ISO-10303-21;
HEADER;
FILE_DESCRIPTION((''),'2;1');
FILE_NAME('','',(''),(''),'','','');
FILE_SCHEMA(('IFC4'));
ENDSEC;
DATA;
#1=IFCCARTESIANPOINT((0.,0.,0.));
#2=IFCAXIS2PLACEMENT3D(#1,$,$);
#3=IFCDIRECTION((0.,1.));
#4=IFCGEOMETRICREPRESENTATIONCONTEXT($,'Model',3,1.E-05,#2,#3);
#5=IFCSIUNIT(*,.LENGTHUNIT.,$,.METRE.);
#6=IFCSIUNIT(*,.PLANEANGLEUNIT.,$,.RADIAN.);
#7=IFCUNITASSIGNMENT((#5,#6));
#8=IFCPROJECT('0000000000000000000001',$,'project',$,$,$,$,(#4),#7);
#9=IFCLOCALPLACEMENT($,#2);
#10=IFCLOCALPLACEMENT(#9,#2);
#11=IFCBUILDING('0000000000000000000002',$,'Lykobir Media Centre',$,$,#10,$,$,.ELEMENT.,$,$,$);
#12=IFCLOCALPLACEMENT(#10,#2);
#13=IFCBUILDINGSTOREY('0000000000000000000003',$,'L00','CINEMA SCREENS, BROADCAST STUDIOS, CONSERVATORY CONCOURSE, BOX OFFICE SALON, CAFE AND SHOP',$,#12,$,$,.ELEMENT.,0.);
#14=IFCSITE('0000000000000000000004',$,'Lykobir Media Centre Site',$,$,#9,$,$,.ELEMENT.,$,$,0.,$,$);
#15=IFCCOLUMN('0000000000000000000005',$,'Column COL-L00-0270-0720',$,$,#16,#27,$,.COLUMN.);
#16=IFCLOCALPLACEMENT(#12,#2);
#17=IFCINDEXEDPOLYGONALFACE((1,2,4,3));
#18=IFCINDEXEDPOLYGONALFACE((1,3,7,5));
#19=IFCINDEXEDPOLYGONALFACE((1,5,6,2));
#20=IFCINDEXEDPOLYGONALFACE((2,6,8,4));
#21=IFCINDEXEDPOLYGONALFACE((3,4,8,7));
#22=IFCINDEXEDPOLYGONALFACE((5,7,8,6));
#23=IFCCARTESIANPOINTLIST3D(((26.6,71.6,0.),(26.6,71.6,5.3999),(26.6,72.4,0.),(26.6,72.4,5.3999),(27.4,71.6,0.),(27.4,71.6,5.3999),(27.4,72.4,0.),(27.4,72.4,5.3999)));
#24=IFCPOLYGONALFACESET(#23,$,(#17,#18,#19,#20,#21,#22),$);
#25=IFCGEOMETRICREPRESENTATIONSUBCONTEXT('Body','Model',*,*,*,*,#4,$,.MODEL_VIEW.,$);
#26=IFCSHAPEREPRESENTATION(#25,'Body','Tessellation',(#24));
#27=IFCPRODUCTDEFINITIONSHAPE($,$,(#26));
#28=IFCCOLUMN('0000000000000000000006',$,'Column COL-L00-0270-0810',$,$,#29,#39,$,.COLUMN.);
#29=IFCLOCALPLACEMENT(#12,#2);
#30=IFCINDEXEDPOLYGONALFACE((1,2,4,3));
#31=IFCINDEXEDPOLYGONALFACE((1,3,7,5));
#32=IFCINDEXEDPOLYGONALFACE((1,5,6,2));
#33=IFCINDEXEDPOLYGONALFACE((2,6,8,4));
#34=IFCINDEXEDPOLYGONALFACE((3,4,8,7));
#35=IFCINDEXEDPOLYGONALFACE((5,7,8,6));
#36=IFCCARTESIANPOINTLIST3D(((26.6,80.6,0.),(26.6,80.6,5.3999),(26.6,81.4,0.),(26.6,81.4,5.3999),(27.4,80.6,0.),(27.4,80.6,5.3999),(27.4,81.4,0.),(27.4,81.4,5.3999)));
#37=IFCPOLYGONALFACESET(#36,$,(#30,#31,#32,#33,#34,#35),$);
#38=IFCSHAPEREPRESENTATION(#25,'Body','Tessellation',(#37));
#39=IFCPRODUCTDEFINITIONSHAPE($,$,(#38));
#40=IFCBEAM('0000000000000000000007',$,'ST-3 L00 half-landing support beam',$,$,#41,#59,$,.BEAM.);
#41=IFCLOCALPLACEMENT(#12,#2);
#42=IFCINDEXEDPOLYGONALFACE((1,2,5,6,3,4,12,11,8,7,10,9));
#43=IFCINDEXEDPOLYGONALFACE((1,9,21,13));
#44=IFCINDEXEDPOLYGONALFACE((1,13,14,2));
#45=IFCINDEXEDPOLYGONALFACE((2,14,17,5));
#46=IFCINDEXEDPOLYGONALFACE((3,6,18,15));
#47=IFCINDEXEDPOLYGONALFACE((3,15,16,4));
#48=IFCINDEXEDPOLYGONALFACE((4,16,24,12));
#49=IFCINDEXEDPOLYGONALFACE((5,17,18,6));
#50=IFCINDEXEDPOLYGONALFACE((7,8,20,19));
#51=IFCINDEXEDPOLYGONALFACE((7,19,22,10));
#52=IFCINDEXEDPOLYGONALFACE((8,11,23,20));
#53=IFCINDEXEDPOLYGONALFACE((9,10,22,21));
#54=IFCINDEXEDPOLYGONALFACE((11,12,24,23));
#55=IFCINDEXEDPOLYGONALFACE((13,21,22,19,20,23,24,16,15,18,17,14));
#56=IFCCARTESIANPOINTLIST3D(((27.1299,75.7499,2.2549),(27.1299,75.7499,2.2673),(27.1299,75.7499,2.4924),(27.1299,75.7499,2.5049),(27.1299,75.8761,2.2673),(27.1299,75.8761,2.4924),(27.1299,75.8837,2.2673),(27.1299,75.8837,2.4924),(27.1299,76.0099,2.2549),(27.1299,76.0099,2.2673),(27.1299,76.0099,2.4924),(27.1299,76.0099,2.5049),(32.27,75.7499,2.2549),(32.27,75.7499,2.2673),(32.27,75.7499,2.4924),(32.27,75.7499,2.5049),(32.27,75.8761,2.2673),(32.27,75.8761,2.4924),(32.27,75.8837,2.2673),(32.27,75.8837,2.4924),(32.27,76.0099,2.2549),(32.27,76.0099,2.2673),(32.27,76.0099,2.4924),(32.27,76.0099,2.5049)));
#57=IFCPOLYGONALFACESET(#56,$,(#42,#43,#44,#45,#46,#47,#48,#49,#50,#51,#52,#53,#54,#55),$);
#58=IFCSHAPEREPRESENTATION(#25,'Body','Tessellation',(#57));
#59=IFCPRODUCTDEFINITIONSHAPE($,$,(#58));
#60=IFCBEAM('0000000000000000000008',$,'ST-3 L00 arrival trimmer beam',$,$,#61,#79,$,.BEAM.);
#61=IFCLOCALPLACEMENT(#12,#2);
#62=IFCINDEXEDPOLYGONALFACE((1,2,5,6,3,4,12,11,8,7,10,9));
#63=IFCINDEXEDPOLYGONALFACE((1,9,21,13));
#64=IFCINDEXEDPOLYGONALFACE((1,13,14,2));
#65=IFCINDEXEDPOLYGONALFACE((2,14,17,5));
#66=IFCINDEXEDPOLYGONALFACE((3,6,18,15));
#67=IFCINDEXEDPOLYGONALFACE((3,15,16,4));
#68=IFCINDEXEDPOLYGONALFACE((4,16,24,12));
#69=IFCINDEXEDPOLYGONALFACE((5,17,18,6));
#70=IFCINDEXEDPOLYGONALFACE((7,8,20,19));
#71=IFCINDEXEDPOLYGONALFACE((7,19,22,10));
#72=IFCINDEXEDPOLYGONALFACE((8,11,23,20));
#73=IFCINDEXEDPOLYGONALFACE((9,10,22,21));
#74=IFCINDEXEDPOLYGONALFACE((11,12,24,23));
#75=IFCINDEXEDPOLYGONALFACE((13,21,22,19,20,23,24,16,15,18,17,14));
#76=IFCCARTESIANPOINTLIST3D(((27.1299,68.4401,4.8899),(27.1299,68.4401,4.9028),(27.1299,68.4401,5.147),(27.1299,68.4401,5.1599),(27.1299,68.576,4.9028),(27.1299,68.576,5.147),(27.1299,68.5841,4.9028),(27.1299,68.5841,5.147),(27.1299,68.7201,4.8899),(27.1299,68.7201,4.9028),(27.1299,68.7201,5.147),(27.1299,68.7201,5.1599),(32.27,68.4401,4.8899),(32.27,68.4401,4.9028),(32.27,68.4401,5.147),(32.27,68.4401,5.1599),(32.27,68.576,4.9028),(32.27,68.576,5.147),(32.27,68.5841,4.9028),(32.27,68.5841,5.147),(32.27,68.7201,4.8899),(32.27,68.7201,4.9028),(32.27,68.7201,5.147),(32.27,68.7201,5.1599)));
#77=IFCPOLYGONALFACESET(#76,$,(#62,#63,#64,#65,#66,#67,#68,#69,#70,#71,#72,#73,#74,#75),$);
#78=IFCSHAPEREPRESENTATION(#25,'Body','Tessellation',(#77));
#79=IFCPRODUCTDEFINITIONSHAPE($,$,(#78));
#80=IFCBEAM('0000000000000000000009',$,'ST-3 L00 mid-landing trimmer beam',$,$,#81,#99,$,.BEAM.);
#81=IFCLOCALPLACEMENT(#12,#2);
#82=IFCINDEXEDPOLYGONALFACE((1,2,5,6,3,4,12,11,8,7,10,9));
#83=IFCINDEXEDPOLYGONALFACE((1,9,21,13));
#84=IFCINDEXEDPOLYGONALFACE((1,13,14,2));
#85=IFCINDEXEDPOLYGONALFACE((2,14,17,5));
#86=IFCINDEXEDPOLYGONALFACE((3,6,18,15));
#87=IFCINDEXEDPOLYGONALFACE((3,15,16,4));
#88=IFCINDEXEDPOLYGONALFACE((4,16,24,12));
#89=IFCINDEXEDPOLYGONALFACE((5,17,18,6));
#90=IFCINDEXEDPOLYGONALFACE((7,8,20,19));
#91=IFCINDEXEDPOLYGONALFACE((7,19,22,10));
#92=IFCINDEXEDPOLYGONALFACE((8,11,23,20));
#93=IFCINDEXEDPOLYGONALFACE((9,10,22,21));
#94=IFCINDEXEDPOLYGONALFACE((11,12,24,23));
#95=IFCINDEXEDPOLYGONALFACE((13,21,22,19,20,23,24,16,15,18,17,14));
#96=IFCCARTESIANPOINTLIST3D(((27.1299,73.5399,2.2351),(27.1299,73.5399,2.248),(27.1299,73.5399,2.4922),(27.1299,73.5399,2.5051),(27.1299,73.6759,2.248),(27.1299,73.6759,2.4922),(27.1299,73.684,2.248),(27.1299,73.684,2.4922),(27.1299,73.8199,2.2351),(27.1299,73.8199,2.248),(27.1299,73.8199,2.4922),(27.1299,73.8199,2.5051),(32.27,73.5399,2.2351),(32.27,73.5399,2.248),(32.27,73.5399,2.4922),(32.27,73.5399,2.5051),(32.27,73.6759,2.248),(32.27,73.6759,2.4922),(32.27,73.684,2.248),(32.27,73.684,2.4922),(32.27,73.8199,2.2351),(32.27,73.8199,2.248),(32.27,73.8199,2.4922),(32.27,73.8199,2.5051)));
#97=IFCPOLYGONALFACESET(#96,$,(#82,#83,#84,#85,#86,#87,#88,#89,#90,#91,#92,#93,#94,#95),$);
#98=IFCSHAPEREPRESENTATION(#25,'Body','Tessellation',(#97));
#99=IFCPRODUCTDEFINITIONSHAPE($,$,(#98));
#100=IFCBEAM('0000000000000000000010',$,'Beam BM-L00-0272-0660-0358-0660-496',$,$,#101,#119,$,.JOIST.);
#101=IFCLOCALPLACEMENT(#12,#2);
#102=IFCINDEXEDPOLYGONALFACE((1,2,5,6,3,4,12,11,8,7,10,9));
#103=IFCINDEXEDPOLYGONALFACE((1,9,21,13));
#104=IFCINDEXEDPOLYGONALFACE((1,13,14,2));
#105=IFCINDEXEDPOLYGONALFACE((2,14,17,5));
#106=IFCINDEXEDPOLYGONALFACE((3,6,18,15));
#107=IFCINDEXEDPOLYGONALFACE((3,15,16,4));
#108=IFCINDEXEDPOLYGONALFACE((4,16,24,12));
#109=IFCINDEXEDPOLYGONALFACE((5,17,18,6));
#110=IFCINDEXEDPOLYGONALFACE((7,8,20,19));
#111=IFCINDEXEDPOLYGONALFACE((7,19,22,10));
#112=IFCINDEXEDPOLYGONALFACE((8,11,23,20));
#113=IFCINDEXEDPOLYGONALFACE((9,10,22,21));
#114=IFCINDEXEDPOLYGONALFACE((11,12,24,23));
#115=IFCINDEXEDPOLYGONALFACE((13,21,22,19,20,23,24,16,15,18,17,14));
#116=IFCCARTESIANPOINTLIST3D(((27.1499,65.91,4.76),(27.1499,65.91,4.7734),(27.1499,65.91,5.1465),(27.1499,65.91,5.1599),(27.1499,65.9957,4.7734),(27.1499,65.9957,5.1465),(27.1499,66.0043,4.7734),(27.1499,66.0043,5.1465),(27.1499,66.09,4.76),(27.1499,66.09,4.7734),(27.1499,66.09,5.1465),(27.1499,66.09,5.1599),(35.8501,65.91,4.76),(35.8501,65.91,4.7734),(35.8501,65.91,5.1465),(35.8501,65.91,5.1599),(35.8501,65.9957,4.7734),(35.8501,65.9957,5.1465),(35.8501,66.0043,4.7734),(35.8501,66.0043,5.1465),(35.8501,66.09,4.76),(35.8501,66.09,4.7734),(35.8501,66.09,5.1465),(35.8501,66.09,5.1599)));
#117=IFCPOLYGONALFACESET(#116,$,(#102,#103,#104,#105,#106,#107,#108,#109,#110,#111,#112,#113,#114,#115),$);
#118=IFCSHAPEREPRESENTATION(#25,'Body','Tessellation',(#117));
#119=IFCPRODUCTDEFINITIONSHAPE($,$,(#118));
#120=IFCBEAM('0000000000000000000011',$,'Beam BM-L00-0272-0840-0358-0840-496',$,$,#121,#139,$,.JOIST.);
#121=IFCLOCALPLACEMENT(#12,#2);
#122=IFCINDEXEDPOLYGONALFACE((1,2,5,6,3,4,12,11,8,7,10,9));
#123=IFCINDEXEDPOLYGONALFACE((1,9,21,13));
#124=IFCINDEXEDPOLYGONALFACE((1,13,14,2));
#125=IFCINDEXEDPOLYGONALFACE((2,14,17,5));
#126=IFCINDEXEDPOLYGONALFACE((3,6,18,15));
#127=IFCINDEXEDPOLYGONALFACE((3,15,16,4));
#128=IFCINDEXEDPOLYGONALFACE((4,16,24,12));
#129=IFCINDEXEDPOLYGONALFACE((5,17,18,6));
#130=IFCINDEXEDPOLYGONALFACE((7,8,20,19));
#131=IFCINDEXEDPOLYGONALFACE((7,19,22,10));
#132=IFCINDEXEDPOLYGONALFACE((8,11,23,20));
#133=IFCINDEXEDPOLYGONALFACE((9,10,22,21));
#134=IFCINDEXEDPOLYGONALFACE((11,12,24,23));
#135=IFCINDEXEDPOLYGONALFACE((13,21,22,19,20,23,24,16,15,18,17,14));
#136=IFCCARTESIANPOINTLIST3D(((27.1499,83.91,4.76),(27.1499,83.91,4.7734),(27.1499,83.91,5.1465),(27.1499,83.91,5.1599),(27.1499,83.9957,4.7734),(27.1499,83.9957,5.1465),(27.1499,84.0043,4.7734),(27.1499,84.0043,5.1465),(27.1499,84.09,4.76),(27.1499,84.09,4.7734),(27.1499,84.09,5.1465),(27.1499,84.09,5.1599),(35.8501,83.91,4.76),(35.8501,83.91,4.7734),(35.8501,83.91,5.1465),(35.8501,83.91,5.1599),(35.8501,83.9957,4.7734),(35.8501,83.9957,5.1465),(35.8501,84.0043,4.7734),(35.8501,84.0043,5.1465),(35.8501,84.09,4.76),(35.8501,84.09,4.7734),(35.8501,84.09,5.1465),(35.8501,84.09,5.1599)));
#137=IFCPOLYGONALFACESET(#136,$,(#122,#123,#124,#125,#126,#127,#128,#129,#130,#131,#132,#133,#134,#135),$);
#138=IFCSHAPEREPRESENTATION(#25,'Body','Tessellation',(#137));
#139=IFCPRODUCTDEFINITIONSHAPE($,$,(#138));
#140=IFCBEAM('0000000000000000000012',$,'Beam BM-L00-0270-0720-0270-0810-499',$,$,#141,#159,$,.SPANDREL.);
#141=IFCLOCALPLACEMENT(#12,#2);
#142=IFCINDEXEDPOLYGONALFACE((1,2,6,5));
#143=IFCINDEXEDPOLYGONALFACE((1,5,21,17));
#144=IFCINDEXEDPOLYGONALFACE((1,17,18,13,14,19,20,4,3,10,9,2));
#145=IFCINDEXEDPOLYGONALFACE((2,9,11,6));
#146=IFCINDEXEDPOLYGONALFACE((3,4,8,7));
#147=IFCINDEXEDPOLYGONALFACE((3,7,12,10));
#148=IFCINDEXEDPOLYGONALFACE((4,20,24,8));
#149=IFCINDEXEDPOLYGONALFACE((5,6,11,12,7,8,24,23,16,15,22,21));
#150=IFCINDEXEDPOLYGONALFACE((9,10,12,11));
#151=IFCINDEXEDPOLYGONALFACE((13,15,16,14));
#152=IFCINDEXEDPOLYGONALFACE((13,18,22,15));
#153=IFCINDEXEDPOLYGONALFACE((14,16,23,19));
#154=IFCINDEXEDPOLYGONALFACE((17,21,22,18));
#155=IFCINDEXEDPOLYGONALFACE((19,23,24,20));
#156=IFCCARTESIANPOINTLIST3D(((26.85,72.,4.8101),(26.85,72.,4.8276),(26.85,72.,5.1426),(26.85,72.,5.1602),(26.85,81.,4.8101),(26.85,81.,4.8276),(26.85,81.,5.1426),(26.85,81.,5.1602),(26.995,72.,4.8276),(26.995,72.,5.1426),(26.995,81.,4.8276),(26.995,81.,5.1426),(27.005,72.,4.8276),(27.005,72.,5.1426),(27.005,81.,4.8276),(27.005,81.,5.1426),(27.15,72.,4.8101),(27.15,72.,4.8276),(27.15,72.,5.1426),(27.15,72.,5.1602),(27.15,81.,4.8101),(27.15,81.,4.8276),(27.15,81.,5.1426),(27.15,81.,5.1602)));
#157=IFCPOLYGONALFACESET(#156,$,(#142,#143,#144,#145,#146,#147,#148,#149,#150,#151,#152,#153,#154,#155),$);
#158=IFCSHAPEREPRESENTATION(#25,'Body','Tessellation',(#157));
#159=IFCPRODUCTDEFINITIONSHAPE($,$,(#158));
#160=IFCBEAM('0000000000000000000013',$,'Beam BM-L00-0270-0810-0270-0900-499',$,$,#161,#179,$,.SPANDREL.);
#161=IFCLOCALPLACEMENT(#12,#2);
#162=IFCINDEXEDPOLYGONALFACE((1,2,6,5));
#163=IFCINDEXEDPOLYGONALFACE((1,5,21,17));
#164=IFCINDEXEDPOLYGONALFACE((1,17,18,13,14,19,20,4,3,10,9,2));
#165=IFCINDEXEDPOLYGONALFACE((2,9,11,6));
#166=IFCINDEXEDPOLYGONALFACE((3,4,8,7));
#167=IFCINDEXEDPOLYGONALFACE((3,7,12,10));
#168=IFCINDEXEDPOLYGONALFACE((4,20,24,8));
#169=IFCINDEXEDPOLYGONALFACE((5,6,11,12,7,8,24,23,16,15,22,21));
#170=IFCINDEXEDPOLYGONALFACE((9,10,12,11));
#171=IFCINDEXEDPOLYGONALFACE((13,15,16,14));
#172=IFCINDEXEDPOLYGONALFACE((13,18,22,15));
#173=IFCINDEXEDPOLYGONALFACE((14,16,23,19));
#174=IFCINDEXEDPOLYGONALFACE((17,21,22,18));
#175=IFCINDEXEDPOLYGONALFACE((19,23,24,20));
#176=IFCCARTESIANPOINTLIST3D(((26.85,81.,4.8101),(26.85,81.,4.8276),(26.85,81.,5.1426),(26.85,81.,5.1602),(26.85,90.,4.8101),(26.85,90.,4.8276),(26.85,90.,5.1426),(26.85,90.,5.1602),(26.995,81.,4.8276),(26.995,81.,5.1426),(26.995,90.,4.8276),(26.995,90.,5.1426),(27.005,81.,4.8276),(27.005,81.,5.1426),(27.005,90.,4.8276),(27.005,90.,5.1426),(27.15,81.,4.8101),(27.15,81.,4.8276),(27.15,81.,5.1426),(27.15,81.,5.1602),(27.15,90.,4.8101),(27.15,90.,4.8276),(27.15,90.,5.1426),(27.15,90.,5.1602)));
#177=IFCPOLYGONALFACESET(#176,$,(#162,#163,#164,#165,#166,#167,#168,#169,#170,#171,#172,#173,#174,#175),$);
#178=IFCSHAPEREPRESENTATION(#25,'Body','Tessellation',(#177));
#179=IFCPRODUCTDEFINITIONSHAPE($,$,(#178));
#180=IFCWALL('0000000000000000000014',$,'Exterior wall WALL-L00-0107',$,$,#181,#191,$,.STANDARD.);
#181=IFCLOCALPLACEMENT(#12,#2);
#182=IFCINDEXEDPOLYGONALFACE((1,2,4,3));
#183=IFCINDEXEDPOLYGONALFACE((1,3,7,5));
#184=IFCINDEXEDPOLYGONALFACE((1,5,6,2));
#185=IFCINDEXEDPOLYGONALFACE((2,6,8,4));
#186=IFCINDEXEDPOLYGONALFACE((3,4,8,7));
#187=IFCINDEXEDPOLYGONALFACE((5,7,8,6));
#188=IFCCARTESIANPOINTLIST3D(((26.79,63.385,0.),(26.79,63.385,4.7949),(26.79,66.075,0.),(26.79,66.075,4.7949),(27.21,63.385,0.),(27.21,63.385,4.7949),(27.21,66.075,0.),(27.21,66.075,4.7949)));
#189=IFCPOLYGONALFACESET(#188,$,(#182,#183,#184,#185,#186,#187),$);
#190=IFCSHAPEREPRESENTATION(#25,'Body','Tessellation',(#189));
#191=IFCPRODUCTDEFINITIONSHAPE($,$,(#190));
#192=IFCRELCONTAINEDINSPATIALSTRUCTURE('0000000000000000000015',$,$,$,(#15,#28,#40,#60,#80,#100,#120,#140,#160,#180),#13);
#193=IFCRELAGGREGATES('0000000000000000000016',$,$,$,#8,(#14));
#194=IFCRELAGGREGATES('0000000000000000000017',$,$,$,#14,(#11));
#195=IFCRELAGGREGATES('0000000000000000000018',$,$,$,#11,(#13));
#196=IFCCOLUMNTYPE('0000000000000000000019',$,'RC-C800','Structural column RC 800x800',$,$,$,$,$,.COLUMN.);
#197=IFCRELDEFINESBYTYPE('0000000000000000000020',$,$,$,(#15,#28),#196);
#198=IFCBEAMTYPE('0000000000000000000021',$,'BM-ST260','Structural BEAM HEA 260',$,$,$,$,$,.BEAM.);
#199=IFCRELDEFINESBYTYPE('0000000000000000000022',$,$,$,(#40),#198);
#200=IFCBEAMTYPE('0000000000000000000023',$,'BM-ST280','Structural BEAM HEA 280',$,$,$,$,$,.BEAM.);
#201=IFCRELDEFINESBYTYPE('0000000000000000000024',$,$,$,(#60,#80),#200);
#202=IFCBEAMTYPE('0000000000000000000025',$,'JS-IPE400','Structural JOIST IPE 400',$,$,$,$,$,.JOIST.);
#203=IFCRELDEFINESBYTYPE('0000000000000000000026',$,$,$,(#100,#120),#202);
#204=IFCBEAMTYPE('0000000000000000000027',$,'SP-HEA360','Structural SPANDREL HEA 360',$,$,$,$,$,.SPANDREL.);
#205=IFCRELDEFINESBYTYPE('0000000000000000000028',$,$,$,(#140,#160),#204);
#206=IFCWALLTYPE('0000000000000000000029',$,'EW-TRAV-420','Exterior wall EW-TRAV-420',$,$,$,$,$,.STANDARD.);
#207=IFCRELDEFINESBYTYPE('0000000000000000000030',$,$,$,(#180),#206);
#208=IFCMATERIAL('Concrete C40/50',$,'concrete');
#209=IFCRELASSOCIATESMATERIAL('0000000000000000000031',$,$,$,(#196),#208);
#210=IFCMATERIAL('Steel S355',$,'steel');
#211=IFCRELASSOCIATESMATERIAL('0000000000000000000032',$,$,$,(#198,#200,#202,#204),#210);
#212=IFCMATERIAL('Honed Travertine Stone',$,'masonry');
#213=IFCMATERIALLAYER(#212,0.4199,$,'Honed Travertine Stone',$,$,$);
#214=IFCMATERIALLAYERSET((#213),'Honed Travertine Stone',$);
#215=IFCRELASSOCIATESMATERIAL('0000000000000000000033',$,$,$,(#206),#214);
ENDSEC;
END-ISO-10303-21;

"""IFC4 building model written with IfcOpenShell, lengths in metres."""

from ifc_helpers import new_model, si_unit, direction, frame, frame_2d, origin, origin_2d, place, context, subcontext, project, spatial, rectangle, i_section, extrude, material, layer, layer_set, material_profile, profile_set, type_object, element, save


model = new_model("IFC4")

# Units and contexts
model_context = context("Model", 3, precision=1e-05, world=origin(), true_north=direction((0.0, 1.0)))
body_context = subcontext(model_context, "Body", "Model", "MODEL_VIEW")
ifc_project = project(units=[si_unit("LENGTHUNIT", "METRE"), si_unit("PLANEANGLEUNIT", "RADIAN")], contexts=[model_context])

# Site, building, storey
site_placement = place(None, origin())
site = spatial("IfcSite", under=ifc_project, at=site_placement, Name="Lykobir Media Centre Site", CompositionType="ELEMENT", RefElevation=0.0)
building_placement = place(site_placement, origin())
building = spatial("IfcBuilding", under=site, at=building_placement, Name="Lykobir Media Centre", CompositionType="ELEMENT")
storey_placement = place(building_placement, origin())
storey = spatial("IfcBuildingStorey", under=building, at=storey_placement, Name="L00", Description="CINEMA SCREENS, BROADCAST STUDIOS, CONSERVATORY CONCOURSE, BOX OFFICE SALON, CAFE AND SHOP", CompositionType="ELEMENT", Elevation=0.0)

# Columns
ifc_material_1 = material(Name="Concrete C40/50", Category="concrete")
ifc_material_profile_1 = material_profile(ifc_material_1, rectangle(XDim=0.8, YDim=0.8, at=origin_2d()), Name="RC 800x800")
ifc_profile_set_1 = profile_set([ifc_material_profile_1], Name="Concrete C40/50")
column_type = type_object("IfcColumnType", Name="RC-C800", Description="Structural column RC 800x800", PredefinedType="COLUMN", material=ifc_profile_set_1)
for number, where, z_axis, x_axis, name in (
    (1, (27.0, 72.0, 0.0), (0.0, 0.0, 1.0), (1.0, 0.0, 0.0), "Column COL-L00-0270-0720"),
    (2, (27.0, 81.0, 0.0), (0.0, 0.0, 1.0), (1.0, 0.0, 0.0), "Column COL-L00-0270-0810"),
):
    element("IfcColumn", number, at=place(storey_placement, frame(where, z_axis=z_axis, x_axis=x_axis)), inside=storey, type_object=column_type, Name=name, PredefinedType="COLUMN", context=body_context, shape_type="SweptSolid", body=[
        extrude(rectangle(XDim=0.8, YDim=0.8, at=origin_2d()), origin(), (0.0, 0.0, 1.0), 5.3999),
    ])

# Beams
ifc_material_2 = material(Name="Steel S355", Category="steel")
ifc_material_profile_2 = material_profile(ifc_material_2, i_section(OverallWidth=0.26, OverallDepth=0.25, WebThickness=0.0076, FlangeThickness=0.0125, at=origin_2d()), Name="HEA 260")
ifc_profile_set_2 = profile_set([ifc_material_profile_2], Name="Steel S355")
beam_type_1 = type_object("IfcBeamType", Name="BM-ST260", Description="Structural BEAM HEA 260", PredefinedType="BEAM", material=ifc_profile_set_2)
beam_placement = place(storey_placement, frame((27.1299, 75.8799, 2.3799), z_axis=(1.0, 0.0, 0.0), x_axis=(0.0, 1.0, 0.0)))
element("IfcBeam", 3, at=beam_placement, inside=storey, type_object=beam_type_1, Name="ST-3 L00 half-landing support beam", PredefinedType="BEAM", context=body_context, shape_type="SweptSolid", body=[
    extrude(i_section(OverallWidth=0.26, OverallDepth=0.25, WebThickness=0.0076, FlangeThickness=0.0125, at=origin_2d()), origin(), (0.0, 0.0, 1.0), 5.1401),
])
ifc_material_profile_3 = material_profile(ifc_material_2, i_section(OverallWidth=0.28, OverallDepth=0.27, WebThickness=0.0081, FlangeThickness=0.0129, at=origin_2d()), Name="HEA 280")
ifc_profile_set_3 = profile_set([ifc_material_profile_3], Name="Steel S355")
beam_type_2 = type_object("IfcBeamType", Name="BM-ST280", Description="Structural BEAM HEA 280", PredefinedType="BEAM", material=ifc_profile_set_3)
for number, where, z_axis, x_axis, name in (
    (4, (27.1299, 68.5801, 5.0249), (1.0, 0.0, 0.0), (0.0, 1.0, 0.0), "ST-3 L00 arrival trimmer beam"),
    (5, (27.1299, 73.6799, 2.3701), (1.0, 0.0, 0.0), (0.0, 1.0, 0.0), "ST-3 L00 mid-landing trimmer beam"),
):
    element("IfcBeam", number, at=place(storey_placement, frame(where, z_axis=z_axis, x_axis=x_axis)), inside=storey, type_object=beam_type_2, Name=name, PredefinedType="BEAM", context=body_context, shape_type="SweptSolid", body=[
        extrude(i_section(OverallWidth=0.28, OverallDepth=0.27, WebThickness=0.0081, FlangeThickness=0.0129, at=origin_2d()), origin(), (0.0, 0.0, 1.0), 5.1401),
    ])
ifc_material_profile_4 = material_profile(ifc_material_2, i_section(OverallWidth=0.1799, OverallDepth=0.3999, WebThickness=0.0085, FlangeThickness=0.0134, at=origin_2d()), Name="IPE 400")
ifc_profile_set_4 = profile_set([ifc_material_profile_4], Name="Steel S355")
beam_type_3 = type_object("IfcBeamType", Name="JS-IPE400", Description="Structural JOIST IPE 400", PredefinedType="JOIST", material=ifc_profile_set_4)
for number, where, z_axis, x_axis, name in (
    (6, (27.1499, 66.0, 4.96), (1.0, 0.0, 0.0), (0.0, 1.0, 0.0), "Beam BM-L00-0272-0660-0358-0660-496"),
    (7, (27.1499, 84.0, 4.96), (1.0, 0.0, 0.0), (0.0, 1.0, 0.0), "Beam BM-L00-0272-0840-0358-0840-496"),
):
    element("IfcBeam", number, at=place(storey_placement, frame(where, z_axis=z_axis, x_axis=x_axis)), inside=storey, type_object=beam_type_3, Name=name, PredefinedType="JOIST", context=body_context, shape_type="SweptSolid", body=[
        extrude(i_section(OverallWidth=0.1799, OverallDepth=0.3999, WebThickness=0.0085, FlangeThickness=0.0134, at=origin_2d()), origin(), (0.0, 0.0, 1.0), 8.7002),
    ])
ifc_material_profile_5 = material_profile(ifc_material_2, i_section(OverallWidth=0.3, OverallDepth=0.3501, WebThickness=0.01, FlangeThickness=0.0176, at=origin_2d()), Name="HEA 360")
ifc_profile_set_5 = profile_set([ifc_material_profile_5], Name="Steel S355")
beam_type_4 = type_object("IfcBeamType", Name="SP-HEA360", Description="Structural SPANDREL HEA 360", PredefinedType="SPANDREL", material=ifc_profile_set_5)
for number, where, z_axis, x_axis, name in (
    (8, (27.0, 72.0, 4.9851), (0.0, 1.0, 0.0), (-1.0, 0.0, 0.0), "Beam BM-L00-0270-0720-0270-0810-499"),
    (9, (27.0, 81.0, 4.9851), (0.0, 1.0, 0.0), (-1.0, 0.0, 0.0), "Beam BM-L00-0270-0810-0270-0900-499"),
):
    element("IfcBeam", number, at=place(storey_placement, frame(where, z_axis=z_axis, x_axis=x_axis)), inside=storey, type_object=beam_type_4, Name=name, PredefinedType="SPANDREL", context=body_context, shape_type="SweptSolid", body=[
        extrude(i_section(OverallWidth=0.3, OverallDepth=0.3501, WebThickness=0.01, FlangeThickness=0.0176, at=origin_2d()), origin(), (0.0, 0.0, 1.0), 9.0),
    ])

# Wall
ifc_material_3 = material(Name="Honed Travertine Stone", Category="masonry")
ifc_layer_1 = layer(ifc_material_3, 0.4199, Name="Honed Travertine Stone")
ifc_layer_set_1 = layer_set([ifc_layer_1], Name="Honed Travertine Stone")
wall_type_1 = type_object("IfcWallType", Name="EW-TRAV-420", Description="Exterior wall EW-TRAV-420", PredefinedType="STANDARD", material=ifc_layer_set_1)
wall_1_placement = place(storey_placement, frame((27.0, 66.075, 0.0), z_axis=(0.0, 0.0, 1.0), x_axis=(0.0, -1.0, 0.0)))
element("IfcWall", 10, at=wall_1_placement, inside=storey, type_object=wall_type_1, Name="Exterior wall WALL-L00-0107", PredefinedType="STANDARD", context=body_context, shape_type="SweptSolid", body=[
    extrude(rectangle(XDim=2.6899, YDim=0.4199, at=frame_2d((1.345, 0.0))), origin(), (0.0, 0.0, 1.0), 4.7949),
])

save(model, "model.ifc")
